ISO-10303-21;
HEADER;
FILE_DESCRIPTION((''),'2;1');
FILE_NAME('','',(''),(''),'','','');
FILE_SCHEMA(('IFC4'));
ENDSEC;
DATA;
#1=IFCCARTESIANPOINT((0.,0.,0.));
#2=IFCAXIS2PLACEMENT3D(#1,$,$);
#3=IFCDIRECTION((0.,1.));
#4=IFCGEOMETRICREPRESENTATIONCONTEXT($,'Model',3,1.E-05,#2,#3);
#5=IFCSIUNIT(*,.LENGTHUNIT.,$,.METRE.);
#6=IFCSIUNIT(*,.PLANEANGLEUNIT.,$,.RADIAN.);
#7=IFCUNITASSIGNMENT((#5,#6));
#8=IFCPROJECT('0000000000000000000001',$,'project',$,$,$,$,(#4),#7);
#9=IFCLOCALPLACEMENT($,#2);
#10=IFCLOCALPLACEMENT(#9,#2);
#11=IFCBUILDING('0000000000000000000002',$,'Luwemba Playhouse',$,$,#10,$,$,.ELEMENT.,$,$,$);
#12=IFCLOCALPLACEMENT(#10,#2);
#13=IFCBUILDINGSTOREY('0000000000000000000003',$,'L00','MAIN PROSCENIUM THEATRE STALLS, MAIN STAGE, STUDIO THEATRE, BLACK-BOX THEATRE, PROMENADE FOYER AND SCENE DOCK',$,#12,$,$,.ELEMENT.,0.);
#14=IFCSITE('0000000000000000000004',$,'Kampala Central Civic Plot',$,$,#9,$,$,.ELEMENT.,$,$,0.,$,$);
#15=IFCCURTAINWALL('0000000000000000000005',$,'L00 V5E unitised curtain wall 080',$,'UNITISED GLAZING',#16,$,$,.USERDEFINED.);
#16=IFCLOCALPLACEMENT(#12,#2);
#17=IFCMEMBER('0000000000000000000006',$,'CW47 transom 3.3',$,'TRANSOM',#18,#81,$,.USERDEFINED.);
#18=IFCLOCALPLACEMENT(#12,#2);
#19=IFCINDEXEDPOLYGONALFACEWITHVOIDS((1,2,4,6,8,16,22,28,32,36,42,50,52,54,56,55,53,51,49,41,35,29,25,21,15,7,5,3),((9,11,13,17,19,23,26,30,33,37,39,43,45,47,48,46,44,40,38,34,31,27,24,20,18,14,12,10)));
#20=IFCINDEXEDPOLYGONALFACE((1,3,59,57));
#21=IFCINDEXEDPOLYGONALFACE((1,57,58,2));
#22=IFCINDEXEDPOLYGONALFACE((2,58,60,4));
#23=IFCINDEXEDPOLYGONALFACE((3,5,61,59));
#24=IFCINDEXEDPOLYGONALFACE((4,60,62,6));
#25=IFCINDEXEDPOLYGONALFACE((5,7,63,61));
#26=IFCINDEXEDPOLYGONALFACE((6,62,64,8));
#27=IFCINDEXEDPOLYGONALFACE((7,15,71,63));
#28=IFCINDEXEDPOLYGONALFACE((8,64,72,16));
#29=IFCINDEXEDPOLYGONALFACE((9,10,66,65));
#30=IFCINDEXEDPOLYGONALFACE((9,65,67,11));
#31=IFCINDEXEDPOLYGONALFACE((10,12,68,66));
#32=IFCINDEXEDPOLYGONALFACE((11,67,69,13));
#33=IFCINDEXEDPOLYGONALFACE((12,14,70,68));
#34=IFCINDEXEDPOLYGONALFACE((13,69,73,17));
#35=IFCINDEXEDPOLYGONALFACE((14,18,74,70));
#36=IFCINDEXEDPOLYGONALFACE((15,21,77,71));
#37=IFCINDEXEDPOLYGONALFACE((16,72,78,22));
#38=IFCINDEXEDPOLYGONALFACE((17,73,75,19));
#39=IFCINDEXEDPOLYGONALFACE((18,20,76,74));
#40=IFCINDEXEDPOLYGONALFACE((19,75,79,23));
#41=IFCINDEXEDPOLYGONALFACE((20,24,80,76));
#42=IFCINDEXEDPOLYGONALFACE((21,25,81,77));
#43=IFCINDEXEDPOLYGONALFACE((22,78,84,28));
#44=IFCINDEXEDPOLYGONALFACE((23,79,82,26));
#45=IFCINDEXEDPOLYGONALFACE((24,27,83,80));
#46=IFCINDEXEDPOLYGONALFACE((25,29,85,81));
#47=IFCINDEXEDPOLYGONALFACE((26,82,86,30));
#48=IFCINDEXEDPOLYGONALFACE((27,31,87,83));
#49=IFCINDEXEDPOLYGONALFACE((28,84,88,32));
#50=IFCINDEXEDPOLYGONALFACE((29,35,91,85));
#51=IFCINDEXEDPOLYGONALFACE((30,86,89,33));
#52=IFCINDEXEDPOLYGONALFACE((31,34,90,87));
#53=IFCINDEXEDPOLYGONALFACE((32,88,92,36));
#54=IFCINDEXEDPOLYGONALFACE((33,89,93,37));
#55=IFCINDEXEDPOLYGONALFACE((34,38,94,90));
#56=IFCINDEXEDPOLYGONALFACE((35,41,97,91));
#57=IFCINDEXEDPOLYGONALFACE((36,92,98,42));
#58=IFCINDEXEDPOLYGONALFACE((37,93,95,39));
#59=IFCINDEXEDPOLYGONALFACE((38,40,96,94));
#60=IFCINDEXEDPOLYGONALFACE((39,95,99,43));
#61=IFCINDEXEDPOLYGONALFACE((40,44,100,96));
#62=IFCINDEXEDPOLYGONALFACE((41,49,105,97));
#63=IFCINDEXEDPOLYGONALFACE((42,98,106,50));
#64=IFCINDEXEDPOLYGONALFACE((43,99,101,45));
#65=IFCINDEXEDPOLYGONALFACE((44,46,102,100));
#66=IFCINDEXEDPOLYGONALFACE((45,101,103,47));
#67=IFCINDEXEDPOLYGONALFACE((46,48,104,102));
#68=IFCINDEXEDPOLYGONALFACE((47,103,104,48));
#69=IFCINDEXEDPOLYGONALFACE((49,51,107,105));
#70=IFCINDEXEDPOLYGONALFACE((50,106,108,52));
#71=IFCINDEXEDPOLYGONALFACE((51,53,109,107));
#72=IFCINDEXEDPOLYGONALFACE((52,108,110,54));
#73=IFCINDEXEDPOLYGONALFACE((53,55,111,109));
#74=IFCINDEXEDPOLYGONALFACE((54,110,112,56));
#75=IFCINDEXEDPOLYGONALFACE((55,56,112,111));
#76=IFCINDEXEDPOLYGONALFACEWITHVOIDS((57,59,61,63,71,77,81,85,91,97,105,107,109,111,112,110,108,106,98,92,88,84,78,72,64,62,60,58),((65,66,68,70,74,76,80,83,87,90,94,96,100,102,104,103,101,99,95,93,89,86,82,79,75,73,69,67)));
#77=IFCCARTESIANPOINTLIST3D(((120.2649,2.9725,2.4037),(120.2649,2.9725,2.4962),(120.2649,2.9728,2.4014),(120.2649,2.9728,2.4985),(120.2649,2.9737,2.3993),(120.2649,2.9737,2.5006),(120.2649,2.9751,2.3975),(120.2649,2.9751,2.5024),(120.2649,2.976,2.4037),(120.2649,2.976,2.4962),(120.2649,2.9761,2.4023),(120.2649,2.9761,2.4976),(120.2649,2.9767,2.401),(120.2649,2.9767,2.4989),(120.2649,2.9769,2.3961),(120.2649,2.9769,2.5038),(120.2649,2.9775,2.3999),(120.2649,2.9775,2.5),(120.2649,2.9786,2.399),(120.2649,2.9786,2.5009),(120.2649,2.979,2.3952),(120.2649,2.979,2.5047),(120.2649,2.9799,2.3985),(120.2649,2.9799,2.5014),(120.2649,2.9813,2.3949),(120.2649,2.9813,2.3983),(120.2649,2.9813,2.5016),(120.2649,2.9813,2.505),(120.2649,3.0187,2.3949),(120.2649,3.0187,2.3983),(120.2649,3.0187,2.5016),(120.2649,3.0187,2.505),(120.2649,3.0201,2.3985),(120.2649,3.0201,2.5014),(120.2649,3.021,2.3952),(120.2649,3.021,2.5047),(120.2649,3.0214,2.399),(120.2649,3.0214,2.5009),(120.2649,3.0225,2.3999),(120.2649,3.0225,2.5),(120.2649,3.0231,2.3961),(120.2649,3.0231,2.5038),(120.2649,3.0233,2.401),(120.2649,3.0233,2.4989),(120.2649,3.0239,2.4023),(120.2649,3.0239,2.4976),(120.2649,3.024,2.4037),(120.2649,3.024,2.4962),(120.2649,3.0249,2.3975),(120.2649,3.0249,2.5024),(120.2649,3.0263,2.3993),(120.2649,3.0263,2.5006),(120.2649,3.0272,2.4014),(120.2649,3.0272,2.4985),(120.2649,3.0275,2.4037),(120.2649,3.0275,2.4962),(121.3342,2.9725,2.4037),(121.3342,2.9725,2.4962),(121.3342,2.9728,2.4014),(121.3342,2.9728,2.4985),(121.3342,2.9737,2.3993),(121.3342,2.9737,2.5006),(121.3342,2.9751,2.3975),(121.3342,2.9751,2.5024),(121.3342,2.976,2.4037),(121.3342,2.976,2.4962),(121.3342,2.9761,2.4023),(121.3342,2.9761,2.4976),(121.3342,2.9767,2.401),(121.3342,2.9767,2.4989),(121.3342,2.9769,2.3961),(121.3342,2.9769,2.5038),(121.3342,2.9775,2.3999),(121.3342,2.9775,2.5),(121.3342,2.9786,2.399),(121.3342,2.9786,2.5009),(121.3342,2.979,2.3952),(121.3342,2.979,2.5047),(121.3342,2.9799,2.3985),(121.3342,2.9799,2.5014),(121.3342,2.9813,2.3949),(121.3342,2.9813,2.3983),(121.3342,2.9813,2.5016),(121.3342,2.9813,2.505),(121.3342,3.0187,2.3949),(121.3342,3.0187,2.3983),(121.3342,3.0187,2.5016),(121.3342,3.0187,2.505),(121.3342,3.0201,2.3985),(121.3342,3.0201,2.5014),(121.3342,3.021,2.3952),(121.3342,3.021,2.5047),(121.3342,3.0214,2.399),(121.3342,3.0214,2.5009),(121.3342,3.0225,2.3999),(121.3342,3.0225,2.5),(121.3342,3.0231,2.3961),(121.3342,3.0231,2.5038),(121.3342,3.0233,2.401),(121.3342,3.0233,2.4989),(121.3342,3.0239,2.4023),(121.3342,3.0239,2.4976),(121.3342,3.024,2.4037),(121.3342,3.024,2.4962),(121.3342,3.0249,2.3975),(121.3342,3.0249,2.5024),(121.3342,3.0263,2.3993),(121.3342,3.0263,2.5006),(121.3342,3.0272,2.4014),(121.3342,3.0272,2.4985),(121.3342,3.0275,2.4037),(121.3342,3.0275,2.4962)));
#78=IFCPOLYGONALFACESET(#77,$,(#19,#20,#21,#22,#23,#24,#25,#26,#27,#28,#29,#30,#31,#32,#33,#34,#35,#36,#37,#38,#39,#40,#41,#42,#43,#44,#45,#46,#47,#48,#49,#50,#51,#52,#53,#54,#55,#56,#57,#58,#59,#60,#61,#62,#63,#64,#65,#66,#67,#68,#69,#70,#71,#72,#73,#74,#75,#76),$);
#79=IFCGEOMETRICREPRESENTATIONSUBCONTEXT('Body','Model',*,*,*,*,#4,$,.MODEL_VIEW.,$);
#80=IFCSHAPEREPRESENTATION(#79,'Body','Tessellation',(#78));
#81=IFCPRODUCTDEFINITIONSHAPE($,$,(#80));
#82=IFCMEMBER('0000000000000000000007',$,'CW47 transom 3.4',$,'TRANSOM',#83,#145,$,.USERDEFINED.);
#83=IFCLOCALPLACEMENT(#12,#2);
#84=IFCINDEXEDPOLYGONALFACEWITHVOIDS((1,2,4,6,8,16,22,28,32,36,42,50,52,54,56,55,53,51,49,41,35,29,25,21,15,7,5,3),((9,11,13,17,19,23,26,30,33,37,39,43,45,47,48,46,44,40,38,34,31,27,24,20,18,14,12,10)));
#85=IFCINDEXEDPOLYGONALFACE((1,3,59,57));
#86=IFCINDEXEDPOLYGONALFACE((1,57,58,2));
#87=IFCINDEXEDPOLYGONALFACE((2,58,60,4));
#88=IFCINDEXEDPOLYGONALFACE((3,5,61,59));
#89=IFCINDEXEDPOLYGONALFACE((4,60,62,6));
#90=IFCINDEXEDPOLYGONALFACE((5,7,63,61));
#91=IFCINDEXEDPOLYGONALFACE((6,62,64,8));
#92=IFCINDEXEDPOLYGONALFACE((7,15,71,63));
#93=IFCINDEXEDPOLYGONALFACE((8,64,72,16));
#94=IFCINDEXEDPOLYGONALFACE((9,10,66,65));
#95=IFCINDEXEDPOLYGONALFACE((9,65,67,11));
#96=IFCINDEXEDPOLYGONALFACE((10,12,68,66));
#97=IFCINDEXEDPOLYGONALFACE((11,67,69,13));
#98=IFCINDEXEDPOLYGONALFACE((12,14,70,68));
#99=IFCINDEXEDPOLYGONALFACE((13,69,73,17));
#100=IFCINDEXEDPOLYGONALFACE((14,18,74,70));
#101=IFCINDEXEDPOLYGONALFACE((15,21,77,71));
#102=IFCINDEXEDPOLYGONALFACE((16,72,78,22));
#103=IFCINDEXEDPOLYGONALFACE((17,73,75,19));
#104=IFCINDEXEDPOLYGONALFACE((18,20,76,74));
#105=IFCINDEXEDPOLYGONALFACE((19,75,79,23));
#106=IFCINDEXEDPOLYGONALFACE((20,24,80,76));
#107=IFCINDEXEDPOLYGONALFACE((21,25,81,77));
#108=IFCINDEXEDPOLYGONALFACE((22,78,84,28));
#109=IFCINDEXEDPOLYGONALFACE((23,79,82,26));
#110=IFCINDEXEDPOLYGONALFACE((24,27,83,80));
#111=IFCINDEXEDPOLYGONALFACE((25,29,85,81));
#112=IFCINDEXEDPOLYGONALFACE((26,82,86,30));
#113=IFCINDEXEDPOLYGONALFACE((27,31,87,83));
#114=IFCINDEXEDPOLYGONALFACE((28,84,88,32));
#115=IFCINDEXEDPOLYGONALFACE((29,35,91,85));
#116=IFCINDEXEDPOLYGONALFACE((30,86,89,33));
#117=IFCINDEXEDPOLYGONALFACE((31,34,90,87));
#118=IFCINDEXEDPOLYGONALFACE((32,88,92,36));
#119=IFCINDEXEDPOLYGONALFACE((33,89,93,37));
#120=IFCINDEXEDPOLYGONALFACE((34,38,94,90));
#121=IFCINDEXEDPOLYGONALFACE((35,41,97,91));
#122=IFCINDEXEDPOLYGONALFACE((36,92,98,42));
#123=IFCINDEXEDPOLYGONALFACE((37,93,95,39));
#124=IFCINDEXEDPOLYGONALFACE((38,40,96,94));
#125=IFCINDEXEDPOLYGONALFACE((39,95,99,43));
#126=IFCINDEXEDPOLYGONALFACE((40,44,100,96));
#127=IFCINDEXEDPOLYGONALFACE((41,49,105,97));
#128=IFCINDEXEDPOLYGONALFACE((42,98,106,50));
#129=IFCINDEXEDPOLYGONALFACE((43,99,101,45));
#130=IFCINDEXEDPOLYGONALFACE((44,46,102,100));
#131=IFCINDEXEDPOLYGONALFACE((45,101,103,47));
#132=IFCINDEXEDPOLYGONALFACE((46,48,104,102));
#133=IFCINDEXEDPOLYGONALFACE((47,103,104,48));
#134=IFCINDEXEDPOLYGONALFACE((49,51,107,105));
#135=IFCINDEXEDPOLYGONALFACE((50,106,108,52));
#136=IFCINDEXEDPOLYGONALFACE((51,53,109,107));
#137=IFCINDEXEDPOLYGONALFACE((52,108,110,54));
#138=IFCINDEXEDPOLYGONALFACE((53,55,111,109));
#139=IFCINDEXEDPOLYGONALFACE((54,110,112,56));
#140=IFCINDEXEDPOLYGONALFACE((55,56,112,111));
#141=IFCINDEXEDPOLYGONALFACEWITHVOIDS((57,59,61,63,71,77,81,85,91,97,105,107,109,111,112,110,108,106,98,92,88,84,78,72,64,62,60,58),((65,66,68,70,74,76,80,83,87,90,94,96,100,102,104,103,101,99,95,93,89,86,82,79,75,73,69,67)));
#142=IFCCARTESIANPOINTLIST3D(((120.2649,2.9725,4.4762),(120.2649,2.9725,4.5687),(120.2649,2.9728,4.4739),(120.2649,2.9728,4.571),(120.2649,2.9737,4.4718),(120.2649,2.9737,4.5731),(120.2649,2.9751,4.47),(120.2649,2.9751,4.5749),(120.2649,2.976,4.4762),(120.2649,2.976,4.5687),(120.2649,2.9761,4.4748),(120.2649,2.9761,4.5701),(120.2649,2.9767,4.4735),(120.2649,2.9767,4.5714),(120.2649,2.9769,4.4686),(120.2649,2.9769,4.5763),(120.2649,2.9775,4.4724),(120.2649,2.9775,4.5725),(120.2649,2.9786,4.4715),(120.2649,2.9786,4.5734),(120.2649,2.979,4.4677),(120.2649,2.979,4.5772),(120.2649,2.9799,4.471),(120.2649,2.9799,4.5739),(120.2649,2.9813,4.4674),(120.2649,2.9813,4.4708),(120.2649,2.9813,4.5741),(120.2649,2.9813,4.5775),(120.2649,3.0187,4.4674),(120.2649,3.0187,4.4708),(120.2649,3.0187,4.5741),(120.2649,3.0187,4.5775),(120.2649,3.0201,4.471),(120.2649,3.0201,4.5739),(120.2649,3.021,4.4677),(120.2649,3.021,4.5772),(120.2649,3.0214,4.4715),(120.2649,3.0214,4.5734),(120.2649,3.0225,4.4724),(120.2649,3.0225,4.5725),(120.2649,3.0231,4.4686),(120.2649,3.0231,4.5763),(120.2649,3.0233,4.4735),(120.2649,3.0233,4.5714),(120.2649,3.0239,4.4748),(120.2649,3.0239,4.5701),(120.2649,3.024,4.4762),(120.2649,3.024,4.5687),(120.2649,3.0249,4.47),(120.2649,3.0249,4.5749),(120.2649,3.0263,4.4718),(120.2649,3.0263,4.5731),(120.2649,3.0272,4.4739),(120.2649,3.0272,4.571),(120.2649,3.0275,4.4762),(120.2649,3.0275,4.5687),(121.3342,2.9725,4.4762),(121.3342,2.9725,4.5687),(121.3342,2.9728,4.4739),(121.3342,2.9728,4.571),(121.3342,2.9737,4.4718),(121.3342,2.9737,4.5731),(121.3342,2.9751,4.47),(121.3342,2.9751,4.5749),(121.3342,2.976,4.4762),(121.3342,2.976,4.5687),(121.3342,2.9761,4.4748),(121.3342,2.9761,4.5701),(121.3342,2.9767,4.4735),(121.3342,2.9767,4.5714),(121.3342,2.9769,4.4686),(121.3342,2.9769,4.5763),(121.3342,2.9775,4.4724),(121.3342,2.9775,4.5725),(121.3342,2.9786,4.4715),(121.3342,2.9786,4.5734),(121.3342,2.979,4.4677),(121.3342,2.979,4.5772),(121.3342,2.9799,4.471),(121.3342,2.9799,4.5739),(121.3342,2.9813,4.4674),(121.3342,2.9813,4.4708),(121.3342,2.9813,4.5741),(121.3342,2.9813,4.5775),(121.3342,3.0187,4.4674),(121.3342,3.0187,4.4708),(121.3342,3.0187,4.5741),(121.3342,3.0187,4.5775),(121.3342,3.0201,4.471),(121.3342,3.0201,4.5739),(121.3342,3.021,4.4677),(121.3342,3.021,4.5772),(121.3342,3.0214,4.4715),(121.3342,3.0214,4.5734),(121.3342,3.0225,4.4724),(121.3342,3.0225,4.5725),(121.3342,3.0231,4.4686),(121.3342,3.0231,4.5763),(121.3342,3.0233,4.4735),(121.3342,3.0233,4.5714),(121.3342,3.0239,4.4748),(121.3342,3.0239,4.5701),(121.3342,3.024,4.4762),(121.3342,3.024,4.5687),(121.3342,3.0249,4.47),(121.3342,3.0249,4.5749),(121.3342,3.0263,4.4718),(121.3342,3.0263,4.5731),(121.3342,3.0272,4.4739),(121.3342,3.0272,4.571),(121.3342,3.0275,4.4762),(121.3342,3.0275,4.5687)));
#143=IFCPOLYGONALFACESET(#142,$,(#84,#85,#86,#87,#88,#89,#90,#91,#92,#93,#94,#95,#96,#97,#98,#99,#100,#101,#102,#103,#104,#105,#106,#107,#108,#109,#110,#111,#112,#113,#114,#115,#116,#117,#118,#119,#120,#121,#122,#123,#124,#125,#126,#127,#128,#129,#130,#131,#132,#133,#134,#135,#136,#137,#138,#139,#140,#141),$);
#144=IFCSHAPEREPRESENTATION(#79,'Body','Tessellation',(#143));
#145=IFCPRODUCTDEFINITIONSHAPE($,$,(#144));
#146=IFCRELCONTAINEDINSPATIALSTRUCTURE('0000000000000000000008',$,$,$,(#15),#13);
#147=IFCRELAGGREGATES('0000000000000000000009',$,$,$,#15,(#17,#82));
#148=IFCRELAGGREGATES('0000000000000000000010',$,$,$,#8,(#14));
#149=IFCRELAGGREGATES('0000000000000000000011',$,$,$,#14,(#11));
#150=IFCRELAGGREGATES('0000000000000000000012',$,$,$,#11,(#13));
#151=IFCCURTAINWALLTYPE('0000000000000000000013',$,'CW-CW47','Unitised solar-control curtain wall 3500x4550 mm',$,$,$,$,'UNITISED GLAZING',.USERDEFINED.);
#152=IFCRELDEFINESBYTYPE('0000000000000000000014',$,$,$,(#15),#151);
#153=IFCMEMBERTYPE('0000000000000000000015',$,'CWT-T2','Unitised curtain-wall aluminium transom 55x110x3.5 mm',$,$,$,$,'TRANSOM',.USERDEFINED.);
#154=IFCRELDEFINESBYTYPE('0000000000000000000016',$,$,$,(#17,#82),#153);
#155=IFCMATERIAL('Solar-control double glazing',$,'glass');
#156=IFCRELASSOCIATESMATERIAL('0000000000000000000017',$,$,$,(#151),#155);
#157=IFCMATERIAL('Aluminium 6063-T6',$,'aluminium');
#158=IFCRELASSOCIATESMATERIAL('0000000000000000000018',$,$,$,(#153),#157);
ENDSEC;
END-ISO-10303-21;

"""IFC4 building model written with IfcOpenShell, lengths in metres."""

from ifc_helpers import new_model, si_unit, direction, frame, origin, origin_2d, place, context, subcontext, project, spatial, hollow_rectangle, extrude, material, material_profile, profile_set, type_object, element, aggregate, save


model = new_model("IFC4")

# Units and contexts
model_context = context("Model", 3, precision=1e-05, world=origin(), true_north=direction((0.0, 1.0)))
body_context = subcontext(model_context, "Body", "Model", "MODEL_VIEW")
ifc_project = project(units=[si_unit("LENGTHUNIT", "METRE"), si_unit("PLANEANGLEUNIT", "RADIAN")], contexts=[model_context])

# Site, building, storey
site_placement = place(None, origin())
site = spatial("IfcSite", under=ifc_project, at=site_placement, Name="Kampala Central Civic Plot", CompositionType="ELEMENT", RefElevation=0.0)
building_placement = place(site_placement, origin())
building = spatial("IfcBuilding", under=site, at=building_placement, Name="Luwemba Playhouse", CompositionType="ELEMENT")
storey_placement = place(building_placement, origin())
storey = spatial("IfcBuildingStorey", under=building, at=storey_placement, Name="L00", Description="MAIN PROSCENIUM THEATRE STALLS, MAIN STAGE, STUDIO THEATRE, BLACK-BOX THEATRE, PROMENADE FOYER AND SCENE DOCK", CompositionType="ELEMENT", Elevation=0.0)

# Curtain wall
ifc_material_1 = material(Name="Solar-control double glazing", Category="glass")
curtain_wall_type_1 = type_object("IfcCurtainWallType", Name="CW-CW47", Description="Unitised solar-control curtain wall 3500x4550 mm", ElementType="UNITISED GLAZING", PredefinedType="USERDEFINED", material=ifc_material_1)
curtain_wall_1_placement = place(storey_placement, origin())
curtain_wall_1 = element("IfcCurtainWall", 1, at=curtain_wall_1_placement, inside=storey, type_object=curtain_wall_type_1, Name="L00 V5E unitised curtain wall 080", ObjectType="UNITISED GLAZING", PredefinedType="USERDEFINED")
ifc_material_2 = material(Name="Aluminium 6063-T6", Category="aluminium")

# Members
ifc_material_profile_1 = material_profile(ifc_material_2, hollow_rectangle(XDim=0.0549, YDim=0.1101, WallThickness=0.0034, InnerFilletRadius=0.0054, OuterFilletRadius=0.0088, at=origin_2d()))
ifc_profile_set_1 = profile_set([ifc_material_profile_1], Name="Aluminium 6063-T6")
member_type_1 = type_object("IfcMemberType", Name="CWT-T2", Description="Unitised curtain-wall aluminium transom 55x110x3.5 mm", ElementType="TRANSOM", PredefinedType="USERDEFINED", material=ifc_profile_set_1)
member_1_placement = place(storey_placement, frame((121.3342, 3.0, 2.45), z_axis=(-1.0, 0.0, 0.0), x_axis=(0.0, -1.0, 0.0)))
member_1 = element("IfcMember", 2, at=member_1_placement, type_object=member_type_1, Name="CW47 transom 3.3", ObjectType="TRANSOM", PredefinedType="USERDEFINED", context=body_context, shape_type="SweptSolid", body=[
    extrude(hollow_rectangle(XDim=0.0549, YDim=0.1101, WallThickness=0.0034, InnerFilletRadius=0.0054, OuterFilletRadius=0.0088, at=origin_2d()), origin(), (0.0, 0.0, 1.0), 1.0693),
])
member_2_placement = place(storey_placement, frame((121.3342, 3.0, 4.5225), z_axis=(-1.0, 0.0, 0.0), x_axis=(0.0, -1.0, 0.0)))
member_2 = element("IfcMember", 3, at=member_2_placement, type_object=member_type_1, Name="CW47 transom 3.4", ObjectType="TRANSOM", PredefinedType="USERDEFINED", context=body_context, shape_type="SweptSolid", body=[
    extrude(hollow_rectangle(XDim=0.0549, YDim=0.1101, WallThickness=0.0034, InnerFilletRadius=0.0054, OuterFilletRadius=0.0088, at=origin_2d()), origin(), (0.0, 0.0, 1.0), 1.0693),
])

aggregate(curtain_wall_1, [member_1, member_2])

save(model, "model.ifc")
